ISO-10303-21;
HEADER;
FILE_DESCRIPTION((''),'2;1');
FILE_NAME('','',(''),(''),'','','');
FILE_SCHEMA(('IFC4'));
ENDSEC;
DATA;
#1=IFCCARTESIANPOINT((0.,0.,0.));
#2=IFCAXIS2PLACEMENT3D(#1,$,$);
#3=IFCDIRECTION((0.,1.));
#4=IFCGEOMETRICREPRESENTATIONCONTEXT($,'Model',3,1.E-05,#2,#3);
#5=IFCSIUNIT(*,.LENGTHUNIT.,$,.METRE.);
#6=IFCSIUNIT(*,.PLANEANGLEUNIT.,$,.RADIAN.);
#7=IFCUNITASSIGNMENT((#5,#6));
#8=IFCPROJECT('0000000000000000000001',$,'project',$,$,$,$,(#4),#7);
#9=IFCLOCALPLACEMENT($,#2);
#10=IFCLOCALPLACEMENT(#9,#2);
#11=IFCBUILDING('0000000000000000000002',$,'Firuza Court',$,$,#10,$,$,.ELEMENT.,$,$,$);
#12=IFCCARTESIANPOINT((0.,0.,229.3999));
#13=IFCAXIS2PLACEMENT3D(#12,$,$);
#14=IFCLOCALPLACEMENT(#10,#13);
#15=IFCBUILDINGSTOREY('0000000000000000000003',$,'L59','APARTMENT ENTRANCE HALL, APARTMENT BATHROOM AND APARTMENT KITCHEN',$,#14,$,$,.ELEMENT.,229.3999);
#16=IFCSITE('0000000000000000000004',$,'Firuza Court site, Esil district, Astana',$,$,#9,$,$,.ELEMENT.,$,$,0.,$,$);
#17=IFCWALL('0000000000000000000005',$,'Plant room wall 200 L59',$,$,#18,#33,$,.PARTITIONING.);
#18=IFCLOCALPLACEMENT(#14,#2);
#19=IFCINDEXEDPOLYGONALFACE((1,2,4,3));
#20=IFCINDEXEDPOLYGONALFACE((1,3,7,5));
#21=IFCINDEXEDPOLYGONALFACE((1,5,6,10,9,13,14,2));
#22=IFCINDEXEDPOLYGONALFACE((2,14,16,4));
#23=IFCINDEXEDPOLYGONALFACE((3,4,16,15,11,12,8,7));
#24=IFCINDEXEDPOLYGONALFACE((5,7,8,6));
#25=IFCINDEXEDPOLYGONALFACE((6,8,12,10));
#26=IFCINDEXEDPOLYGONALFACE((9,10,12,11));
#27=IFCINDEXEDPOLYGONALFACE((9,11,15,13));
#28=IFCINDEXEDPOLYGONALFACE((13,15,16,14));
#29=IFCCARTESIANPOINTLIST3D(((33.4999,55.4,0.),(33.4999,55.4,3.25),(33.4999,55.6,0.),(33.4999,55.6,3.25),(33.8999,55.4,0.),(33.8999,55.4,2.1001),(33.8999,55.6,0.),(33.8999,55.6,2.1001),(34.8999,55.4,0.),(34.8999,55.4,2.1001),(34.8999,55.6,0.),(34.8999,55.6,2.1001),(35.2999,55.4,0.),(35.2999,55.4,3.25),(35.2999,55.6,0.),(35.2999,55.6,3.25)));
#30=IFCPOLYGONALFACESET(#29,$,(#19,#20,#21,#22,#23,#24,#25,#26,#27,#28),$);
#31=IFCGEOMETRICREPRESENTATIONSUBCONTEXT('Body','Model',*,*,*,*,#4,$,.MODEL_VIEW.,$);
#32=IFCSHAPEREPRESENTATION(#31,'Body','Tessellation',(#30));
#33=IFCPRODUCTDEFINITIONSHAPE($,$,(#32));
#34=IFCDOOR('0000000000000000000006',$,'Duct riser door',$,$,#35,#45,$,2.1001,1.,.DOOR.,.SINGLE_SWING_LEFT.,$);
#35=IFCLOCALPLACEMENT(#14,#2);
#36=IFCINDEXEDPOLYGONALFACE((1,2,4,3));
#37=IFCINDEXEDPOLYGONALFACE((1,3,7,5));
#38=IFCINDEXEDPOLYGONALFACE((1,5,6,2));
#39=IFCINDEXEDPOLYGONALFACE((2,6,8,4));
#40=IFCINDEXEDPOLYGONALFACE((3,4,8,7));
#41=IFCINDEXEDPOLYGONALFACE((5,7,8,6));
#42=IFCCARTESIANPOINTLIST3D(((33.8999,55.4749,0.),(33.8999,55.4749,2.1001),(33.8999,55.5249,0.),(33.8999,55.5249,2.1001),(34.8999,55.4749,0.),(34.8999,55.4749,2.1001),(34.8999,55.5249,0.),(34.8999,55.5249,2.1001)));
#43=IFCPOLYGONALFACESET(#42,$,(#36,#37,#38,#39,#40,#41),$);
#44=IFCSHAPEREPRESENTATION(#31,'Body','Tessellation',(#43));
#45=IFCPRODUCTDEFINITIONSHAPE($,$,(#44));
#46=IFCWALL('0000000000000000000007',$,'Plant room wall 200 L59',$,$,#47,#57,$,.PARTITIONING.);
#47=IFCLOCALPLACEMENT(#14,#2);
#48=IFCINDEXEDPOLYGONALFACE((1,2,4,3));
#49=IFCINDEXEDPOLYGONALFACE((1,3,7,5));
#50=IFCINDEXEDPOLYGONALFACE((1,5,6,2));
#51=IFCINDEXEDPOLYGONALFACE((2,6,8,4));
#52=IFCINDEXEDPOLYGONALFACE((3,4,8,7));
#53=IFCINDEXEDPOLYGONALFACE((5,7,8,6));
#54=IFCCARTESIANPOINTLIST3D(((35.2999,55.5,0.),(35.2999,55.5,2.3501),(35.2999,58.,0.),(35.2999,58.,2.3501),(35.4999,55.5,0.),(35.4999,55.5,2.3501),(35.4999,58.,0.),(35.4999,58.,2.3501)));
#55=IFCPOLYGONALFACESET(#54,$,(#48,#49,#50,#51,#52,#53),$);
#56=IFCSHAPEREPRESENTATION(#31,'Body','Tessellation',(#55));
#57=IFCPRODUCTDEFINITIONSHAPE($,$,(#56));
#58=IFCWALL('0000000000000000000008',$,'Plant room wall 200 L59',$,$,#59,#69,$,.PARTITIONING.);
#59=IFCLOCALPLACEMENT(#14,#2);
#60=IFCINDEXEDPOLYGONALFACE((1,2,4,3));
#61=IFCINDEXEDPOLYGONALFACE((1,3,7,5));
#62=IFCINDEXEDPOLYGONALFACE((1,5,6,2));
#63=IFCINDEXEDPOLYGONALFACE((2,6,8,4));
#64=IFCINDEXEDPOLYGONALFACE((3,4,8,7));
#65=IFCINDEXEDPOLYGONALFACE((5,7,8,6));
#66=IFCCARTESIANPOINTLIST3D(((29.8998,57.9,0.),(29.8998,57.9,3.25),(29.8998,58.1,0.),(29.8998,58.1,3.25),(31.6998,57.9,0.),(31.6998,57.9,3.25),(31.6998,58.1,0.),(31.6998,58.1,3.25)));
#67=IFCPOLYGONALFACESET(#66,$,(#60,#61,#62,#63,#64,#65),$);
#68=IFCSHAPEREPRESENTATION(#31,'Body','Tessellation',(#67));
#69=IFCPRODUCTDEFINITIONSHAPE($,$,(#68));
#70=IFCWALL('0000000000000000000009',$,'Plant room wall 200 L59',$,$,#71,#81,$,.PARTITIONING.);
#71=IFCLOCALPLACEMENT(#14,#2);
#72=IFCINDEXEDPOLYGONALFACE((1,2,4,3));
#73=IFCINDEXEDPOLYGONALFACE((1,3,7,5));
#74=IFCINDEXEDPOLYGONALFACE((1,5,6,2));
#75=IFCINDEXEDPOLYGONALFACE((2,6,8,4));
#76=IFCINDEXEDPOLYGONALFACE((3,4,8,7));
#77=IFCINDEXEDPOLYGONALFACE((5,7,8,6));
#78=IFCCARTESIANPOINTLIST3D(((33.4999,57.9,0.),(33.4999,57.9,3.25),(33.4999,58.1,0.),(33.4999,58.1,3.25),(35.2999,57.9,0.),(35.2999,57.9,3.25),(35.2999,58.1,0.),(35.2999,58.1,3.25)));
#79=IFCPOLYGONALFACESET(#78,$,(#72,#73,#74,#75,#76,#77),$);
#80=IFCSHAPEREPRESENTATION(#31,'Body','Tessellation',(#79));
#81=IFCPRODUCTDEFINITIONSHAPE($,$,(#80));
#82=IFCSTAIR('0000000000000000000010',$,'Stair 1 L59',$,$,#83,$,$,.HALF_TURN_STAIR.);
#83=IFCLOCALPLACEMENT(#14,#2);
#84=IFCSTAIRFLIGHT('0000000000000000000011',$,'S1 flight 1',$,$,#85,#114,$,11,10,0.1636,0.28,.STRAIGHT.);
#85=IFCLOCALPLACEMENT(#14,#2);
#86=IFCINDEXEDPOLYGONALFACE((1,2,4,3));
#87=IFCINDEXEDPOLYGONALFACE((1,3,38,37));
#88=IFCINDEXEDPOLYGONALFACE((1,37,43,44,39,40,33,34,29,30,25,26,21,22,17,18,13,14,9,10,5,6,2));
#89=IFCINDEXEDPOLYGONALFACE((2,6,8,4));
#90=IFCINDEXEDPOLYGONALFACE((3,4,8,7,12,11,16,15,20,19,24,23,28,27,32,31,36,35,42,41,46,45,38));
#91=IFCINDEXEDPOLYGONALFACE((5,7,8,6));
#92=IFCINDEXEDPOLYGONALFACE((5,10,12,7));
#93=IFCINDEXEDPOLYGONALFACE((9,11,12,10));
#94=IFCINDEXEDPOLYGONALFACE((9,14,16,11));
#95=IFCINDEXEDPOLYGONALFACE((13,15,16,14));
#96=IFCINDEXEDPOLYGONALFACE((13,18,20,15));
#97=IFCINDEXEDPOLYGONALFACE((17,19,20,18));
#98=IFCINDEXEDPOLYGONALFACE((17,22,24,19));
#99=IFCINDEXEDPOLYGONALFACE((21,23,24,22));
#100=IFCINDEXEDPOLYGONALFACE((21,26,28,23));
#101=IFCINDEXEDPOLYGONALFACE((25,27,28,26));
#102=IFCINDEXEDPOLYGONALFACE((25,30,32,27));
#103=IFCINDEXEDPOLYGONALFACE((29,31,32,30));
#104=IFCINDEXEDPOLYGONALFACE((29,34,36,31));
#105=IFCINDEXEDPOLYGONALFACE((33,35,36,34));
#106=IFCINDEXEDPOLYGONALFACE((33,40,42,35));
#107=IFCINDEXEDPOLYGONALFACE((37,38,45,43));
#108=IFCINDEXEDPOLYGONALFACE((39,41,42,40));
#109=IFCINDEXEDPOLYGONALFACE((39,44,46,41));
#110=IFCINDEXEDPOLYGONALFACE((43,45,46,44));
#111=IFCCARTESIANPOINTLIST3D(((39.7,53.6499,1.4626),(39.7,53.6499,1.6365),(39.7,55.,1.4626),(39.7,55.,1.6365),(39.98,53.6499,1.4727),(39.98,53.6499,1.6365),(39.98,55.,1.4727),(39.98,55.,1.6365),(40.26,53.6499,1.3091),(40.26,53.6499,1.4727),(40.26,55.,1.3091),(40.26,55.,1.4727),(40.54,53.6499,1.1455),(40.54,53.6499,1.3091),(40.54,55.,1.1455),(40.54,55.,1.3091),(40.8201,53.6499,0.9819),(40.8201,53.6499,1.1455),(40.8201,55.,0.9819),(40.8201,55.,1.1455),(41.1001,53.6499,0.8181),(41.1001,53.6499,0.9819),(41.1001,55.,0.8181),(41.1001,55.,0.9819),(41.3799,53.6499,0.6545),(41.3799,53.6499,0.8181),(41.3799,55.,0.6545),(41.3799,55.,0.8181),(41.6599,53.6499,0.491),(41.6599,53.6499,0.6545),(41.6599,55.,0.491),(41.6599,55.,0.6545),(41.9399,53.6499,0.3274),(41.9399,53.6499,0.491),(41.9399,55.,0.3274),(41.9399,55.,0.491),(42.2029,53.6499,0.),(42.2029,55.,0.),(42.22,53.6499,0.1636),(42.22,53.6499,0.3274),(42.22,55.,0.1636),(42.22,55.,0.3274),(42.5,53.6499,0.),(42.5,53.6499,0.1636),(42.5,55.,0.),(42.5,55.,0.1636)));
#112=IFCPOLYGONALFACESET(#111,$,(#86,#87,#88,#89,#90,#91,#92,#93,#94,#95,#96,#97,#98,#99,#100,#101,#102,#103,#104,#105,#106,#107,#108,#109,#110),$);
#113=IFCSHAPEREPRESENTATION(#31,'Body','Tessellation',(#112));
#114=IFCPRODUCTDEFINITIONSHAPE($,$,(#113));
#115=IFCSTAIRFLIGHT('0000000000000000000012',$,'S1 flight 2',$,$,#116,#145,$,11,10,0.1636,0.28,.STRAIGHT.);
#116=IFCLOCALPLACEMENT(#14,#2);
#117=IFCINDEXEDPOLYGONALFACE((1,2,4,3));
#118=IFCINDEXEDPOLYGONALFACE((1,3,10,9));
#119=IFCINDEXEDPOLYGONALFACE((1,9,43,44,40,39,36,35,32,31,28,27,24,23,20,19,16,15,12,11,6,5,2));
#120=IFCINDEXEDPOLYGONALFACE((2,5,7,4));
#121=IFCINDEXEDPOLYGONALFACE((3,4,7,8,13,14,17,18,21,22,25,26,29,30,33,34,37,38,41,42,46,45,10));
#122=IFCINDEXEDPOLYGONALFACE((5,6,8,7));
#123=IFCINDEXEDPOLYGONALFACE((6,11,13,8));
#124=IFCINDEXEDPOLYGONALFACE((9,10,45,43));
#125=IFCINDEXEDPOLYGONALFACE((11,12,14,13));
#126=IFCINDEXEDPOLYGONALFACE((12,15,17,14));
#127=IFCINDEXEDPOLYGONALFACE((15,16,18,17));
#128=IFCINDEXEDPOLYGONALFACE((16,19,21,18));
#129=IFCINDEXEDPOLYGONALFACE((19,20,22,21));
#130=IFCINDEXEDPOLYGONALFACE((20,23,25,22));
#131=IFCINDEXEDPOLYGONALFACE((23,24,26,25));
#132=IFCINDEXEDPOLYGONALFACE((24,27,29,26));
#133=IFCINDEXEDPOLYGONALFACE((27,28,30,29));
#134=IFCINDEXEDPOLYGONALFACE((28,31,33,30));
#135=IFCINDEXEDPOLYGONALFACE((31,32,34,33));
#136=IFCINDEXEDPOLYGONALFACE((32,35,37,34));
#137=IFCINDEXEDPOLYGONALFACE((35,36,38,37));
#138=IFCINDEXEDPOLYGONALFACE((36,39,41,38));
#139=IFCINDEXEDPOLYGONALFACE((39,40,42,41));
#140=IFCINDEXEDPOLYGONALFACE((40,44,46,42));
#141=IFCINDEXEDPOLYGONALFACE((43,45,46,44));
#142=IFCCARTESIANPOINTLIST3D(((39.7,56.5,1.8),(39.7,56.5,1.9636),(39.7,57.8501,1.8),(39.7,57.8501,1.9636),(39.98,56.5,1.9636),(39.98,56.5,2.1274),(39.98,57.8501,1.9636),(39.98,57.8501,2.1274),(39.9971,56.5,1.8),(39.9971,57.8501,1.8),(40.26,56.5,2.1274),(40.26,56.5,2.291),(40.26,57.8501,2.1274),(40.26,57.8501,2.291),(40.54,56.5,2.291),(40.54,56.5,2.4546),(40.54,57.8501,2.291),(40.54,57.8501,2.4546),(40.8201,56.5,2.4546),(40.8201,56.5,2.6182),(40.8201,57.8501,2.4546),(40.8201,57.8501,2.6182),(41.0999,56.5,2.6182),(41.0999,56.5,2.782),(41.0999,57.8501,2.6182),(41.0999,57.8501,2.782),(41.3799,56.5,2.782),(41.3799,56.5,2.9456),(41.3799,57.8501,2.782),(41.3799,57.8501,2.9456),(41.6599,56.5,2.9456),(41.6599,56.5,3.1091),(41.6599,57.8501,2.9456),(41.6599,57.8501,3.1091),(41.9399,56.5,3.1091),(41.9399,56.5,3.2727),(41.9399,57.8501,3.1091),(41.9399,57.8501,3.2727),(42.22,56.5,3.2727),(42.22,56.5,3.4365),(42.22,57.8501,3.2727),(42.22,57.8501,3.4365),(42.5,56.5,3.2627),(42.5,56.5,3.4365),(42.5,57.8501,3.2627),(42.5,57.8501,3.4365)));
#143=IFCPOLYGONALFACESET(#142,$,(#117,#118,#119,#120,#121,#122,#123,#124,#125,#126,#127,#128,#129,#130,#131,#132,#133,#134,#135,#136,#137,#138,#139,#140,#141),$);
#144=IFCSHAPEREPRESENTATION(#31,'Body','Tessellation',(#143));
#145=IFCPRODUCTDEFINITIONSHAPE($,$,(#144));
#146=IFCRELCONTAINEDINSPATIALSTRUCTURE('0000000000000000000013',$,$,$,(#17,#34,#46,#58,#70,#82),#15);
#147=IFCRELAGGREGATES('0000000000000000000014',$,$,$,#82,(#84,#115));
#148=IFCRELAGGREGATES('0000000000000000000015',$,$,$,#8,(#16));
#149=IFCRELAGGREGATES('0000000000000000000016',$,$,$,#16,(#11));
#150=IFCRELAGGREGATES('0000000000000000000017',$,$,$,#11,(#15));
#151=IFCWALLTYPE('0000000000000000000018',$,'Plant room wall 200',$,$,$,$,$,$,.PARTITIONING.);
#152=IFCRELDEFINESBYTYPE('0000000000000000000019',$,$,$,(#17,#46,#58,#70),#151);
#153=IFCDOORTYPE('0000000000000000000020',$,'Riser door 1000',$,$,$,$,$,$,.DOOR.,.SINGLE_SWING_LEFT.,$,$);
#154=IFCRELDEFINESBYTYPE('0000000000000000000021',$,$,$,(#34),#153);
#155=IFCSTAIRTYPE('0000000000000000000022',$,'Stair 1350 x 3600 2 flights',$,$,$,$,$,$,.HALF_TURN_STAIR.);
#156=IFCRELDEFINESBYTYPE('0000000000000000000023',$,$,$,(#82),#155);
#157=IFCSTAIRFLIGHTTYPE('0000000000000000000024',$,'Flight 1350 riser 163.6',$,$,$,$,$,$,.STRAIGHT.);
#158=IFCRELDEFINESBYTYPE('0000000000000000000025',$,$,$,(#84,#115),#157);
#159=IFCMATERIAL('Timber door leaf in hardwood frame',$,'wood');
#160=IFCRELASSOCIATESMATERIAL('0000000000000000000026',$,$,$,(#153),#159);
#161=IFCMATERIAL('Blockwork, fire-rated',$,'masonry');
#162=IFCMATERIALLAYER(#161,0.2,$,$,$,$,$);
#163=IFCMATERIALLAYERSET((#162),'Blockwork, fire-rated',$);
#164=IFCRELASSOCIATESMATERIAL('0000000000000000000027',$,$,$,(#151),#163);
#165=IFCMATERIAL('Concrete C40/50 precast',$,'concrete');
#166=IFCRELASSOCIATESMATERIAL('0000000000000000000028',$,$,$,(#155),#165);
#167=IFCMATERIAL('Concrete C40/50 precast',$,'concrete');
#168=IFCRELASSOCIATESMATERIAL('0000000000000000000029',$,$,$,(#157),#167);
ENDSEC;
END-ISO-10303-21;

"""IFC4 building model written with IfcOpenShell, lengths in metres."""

from ifc_helpers import new_model, si_unit, direction, frame, frame_2d, origin, place, context, subcontext, project, spatial, polyline, rectangle, outline, extrude, material, layer, layer_set, type_object, element, fill, aggregate, save


model = new_model("IFC4")

# Units and contexts
model_context = context("Model", 3, precision=1e-05, world=origin(), true_north=direction((0.0, 1.0)))
body_context = subcontext(model_context, "Body", "Model", "MODEL_VIEW")
ifc_project = project(units=[si_unit("LENGTHUNIT", "METRE"), si_unit("PLANEANGLEUNIT", "RADIAN")], contexts=[model_context])

# Site, building, storey
site_placement = place(None, origin())
site = spatial("IfcSite", under=ifc_project, at=site_placement, Name="Firuza Court site, Esil district, Astana", CompositionType="ELEMENT", RefElevation=0.0)
building_placement = place(site_placement, origin())
building = spatial("IfcBuilding", under=site, at=building_placement, Name="Firuza Court", CompositionType="ELEMENT")
storey_placement = place(building_placement, frame((0.0, 0.0, 229.3999)))
storey = spatial("IfcBuildingStorey", under=building, at=storey_placement, Name="L59", Description="APARTMENT ENTRANCE HALL, APARTMENT BATHROOM AND APARTMENT KITCHEN", CompositionType="ELEMENT", Elevation=229.3999)

# Shared definitions
ifc_material_1 = material(Name="Timber door leaf in hardwood frame", Category="wood")
door_type = type_object("IfcDoorType", Name="Riser door 1000", OperationType="SINGLE_SWING_LEFT", PredefinedType="DOOR", material=ifc_material_1)

# Shared definitions
ifc_material_2 = material(Name="Blockwork, fire-rated", Category="masonry")
ifc_layer_1 = layer(ifc_material_2, 0.2)
ifc_layer_set_1 = layer_set([ifc_layer_1], Name="Blockwork, fire-rated")
wall_type_1 = type_object("IfcWallType", Name="Plant room wall 200", PredefinedType="PARTITIONING", material=ifc_layer_set_1)

# Wall, opening, door
wall_1_placement = place(storey_placement, frame((33.5, 55.5, 0.0), z_axis=(0.0, 0.0, 1.0), x_axis=(1.0, 0.0, 0.0)))
wall_1 = element("IfcWall", 1, at=wall_1_placement, inside=storey, type_object=wall_type_1, Name="Plant room wall 200 L59", PredefinedType="PARTITIONING", context=body_context, shape_type="SweptSolid", body=[
    extrude(rectangle(XDim=1.8, YDim=0.2, at=frame_2d((0.8999, 0.0))), origin(), (0.0, 0.0, 1.0), 3.25),
])
opening_1_placement = place(wall_1_placement, frame((0.3999, 0.0, 0.0)))
opening_1 = element("IfcOpeningElement", 2, at=opening_1_placement, cuts=wall_1, PredefinedType="OPENING", context=body_context, shape_type="SweptSolid", body=[
    extrude(rectangle(XDim=1.0, YDim=2.1001, at=frame_2d((0.5, 1.05))), frame((0.0, 0.1118, 0.0), z_axis=(0.0, -1.0, 0.0), x_axis=(1.0, 0.0, 0.0)), (0.0, 0.0, 1.0), 0.2239),
])
door_1_placement = place(opening_1_placement, origin())
door_1 = element("IfcDoor", 3, at=door_1_placement, inside=storey, type_object=door_type, Name="Duct riser door", OperationType="SINGLE_SWING_LEFT", OverallHeight=2.1001, OverallWidth=1.0, PredefinedType="DOOR", context=body_context, shape_type="SweptSolid", body=[
    extrude(rectangle(XDim=1.0, YDim=2.1001, at=frame_2d((0.5, 1.05))), frame((0.0, 0.0249, 0.0), z_axis=(0.0, -1.0, 0.0), x_axis=(1.0, 0.0, 0.0)), (0.0, 0.0, 1.0), 0.05),
])
fill(opening_1, door_1)

# Walls
wall_2_placement = place(storey_placement, frame((35.3999, 55.5, 0.0), z_axis=(0.0, 0.0, 1.0), x_axis=(0.0, 1.0, 0.0)))
element("IfcWall", 4, at=wall_2_placement, inside=storey, type_object=wall_type_1, Name="Plant room wall 200 L59", PredefinedType="PARTITIONING", context=body_context, shape_type="SweptSolid", body=[
    extrude(rectangle(XDim=2.5, YDim=0.2, at=frame_2d((1.25, 0.0))), origin(), (0.0, 0.0, 1.0), 2.3501),
])
for number, where, z_axis, x_axis, name in (
    (5, (29.8999, 58.0, 0.0), (0.0, 0.0, 1.0), (1.0, 0.0, 0.0), "Plant room wall 200 L59"),
    (6, (33.5, 58.0, 0.0), (0.0, 0.0, 1.0), (1.0, 0.0, 0.0), "Plant room wall 200 L59"),
):
    element("IfcWall", number, at=place(storey_placement, frame(where, z_axis=z_axis, x_axis=x_axis)), inside=storey, type_object=wall_type_1, Name=name, PredefinedType="PARTITIONING", context=body_context, shape_type="SweptSolid", body=[
        extrude(rectangle(XDim=1.8, YDim=0.2, at=frame_2d((0.8999, 0.0))), origin(), (0.0, 0.0, 1.0), 3.25),
    ])

# Stair, stair flights
ifc_material_3 = material(Name="Concrete C40/50 precast", Category="concrete")
stair_type = type_object("IfcStairType", Name="Stair 1350 x 3600 2 flights", PredefinedType="HALF_TURN_STAIR", material=ifc_material_3)
stair_placement = place(storey_placement, origin())
stair = element("IfcStair", 7, at=stair_placement, inside=storey, type_object=stair_type, Name="Stair 1 L59", PredefinedType="HALF_TURN_STAIR")
ifc_material_4 = material(Name="Concrete C40/50 precast", Category="concrete")
stair_flight_type = type_object("IfcStairFlightType", Name="Flight 1350 riser 163.6", PredefinedType="STRAIGHT", material=ifc_material_4)
stair_flight_1_placement = place(storey_placement, frame((42.5, 54.325, 0.0), z_axis=(0.0, 0.0, 1.0), x_axis=(-1.0, 0.0, 0.0)))
stair_flight_1 = element("IfcStairFlight", 8, at=stair_flight_1_placement, type_object=stair_flight_type, Name="S1 flight 1", NumberOfRisers=11, NumberOfTreads=10, PredefinedType="STRAIGHT", RiserHeight=0.1636, TreadLength=0.28, context=body_context, shape_type="SweptSolid", body=[
    extrude(outline(polyline([(0.0, 0.0), (0.0, 0.1636), (0.28, 0.1636), (0.28, 0.3274), (0.5601, 0.3274), (0.5601, 0.491), (0.8401, 0.491), (0.8401, 0.6545), (1.1201, 0.6545), (1.1201, 0.8181), (1.3999, 0.8181), (1.3999, 0.9819), (1.6799, 0.9819), (1.6799, 1.1455), (1.96, 1.1455), (1.96, 1.3091), (2.24, 1.3091), (2.24, 1.4727), (2.52, 1.4727), (2.52, 1.6365), (2.8, 1.6365), (2.8, 1.8), (2.8, 1.4626), (0.2971, 0.0), (0.0, 0.0)])), frame((0.0, 0.675, 0.0), z_axis=(0.0, -1.0, 0.0), x_axis=(1.0, 0.0, 0.0)), (0.0, 0.0, 1.0), 1.3501),
])
stair_flight_2_placement = place(storey_placement, frame((39.7, 57.175, 1.8), z_axis=(0.0, 0.0, 1.0), x_axis=(1.0, 0.0, 0.0)))
stair_flight_2 = element("IfcStairFlight", 9, at=stair_flight_2_placement, type_object=stair_flight_type, Name="S1 flight 2", NumberOfRisers=11, NumberOfTreads=10, PredefinedType="STRAIGHT", RiserHeight=0.1636, TreadLength=0.28, context=body_context, shape_type="SweptSolid", body=[
    extrude(outline(polyline([(0.0, 0.0), (0.0, 0.1636), (0.28, 0.1636), (0.28, 0.3274), (0.5601, 0.3274), (0.5601, 0.491), (0.8401, 0.491), (0.8401, 0.6545), (1.1201, 0.6545), (1.1201, 0.8181), (1.3999, 0.8181), (1.3999, 0.9819), (1.6799, 0.9819), (1.6799, 1.1455), (1.96, 1.1455), (1.96, 1.3091), (2.24, 1.3091), (2.24, 1.4727), (2.52, 1.4727), (2.52, 1.6365), (2.8, 1.6365), (2.8, 1.8), (2.8, 1.4626), (0.2971, 0.0), (0.0, 0.0)])), frame((0.0, 0.675, 0.0), z_axis=(0.0, -1.0, 0.0), x_axis=(1.0, 0.0, 0.0)), (0.0, 0.0, 1.0), 1.3501),
])
aggregate(stair, [stair_flight_1, stair_flight_2])

save(model, "model.ifc")
